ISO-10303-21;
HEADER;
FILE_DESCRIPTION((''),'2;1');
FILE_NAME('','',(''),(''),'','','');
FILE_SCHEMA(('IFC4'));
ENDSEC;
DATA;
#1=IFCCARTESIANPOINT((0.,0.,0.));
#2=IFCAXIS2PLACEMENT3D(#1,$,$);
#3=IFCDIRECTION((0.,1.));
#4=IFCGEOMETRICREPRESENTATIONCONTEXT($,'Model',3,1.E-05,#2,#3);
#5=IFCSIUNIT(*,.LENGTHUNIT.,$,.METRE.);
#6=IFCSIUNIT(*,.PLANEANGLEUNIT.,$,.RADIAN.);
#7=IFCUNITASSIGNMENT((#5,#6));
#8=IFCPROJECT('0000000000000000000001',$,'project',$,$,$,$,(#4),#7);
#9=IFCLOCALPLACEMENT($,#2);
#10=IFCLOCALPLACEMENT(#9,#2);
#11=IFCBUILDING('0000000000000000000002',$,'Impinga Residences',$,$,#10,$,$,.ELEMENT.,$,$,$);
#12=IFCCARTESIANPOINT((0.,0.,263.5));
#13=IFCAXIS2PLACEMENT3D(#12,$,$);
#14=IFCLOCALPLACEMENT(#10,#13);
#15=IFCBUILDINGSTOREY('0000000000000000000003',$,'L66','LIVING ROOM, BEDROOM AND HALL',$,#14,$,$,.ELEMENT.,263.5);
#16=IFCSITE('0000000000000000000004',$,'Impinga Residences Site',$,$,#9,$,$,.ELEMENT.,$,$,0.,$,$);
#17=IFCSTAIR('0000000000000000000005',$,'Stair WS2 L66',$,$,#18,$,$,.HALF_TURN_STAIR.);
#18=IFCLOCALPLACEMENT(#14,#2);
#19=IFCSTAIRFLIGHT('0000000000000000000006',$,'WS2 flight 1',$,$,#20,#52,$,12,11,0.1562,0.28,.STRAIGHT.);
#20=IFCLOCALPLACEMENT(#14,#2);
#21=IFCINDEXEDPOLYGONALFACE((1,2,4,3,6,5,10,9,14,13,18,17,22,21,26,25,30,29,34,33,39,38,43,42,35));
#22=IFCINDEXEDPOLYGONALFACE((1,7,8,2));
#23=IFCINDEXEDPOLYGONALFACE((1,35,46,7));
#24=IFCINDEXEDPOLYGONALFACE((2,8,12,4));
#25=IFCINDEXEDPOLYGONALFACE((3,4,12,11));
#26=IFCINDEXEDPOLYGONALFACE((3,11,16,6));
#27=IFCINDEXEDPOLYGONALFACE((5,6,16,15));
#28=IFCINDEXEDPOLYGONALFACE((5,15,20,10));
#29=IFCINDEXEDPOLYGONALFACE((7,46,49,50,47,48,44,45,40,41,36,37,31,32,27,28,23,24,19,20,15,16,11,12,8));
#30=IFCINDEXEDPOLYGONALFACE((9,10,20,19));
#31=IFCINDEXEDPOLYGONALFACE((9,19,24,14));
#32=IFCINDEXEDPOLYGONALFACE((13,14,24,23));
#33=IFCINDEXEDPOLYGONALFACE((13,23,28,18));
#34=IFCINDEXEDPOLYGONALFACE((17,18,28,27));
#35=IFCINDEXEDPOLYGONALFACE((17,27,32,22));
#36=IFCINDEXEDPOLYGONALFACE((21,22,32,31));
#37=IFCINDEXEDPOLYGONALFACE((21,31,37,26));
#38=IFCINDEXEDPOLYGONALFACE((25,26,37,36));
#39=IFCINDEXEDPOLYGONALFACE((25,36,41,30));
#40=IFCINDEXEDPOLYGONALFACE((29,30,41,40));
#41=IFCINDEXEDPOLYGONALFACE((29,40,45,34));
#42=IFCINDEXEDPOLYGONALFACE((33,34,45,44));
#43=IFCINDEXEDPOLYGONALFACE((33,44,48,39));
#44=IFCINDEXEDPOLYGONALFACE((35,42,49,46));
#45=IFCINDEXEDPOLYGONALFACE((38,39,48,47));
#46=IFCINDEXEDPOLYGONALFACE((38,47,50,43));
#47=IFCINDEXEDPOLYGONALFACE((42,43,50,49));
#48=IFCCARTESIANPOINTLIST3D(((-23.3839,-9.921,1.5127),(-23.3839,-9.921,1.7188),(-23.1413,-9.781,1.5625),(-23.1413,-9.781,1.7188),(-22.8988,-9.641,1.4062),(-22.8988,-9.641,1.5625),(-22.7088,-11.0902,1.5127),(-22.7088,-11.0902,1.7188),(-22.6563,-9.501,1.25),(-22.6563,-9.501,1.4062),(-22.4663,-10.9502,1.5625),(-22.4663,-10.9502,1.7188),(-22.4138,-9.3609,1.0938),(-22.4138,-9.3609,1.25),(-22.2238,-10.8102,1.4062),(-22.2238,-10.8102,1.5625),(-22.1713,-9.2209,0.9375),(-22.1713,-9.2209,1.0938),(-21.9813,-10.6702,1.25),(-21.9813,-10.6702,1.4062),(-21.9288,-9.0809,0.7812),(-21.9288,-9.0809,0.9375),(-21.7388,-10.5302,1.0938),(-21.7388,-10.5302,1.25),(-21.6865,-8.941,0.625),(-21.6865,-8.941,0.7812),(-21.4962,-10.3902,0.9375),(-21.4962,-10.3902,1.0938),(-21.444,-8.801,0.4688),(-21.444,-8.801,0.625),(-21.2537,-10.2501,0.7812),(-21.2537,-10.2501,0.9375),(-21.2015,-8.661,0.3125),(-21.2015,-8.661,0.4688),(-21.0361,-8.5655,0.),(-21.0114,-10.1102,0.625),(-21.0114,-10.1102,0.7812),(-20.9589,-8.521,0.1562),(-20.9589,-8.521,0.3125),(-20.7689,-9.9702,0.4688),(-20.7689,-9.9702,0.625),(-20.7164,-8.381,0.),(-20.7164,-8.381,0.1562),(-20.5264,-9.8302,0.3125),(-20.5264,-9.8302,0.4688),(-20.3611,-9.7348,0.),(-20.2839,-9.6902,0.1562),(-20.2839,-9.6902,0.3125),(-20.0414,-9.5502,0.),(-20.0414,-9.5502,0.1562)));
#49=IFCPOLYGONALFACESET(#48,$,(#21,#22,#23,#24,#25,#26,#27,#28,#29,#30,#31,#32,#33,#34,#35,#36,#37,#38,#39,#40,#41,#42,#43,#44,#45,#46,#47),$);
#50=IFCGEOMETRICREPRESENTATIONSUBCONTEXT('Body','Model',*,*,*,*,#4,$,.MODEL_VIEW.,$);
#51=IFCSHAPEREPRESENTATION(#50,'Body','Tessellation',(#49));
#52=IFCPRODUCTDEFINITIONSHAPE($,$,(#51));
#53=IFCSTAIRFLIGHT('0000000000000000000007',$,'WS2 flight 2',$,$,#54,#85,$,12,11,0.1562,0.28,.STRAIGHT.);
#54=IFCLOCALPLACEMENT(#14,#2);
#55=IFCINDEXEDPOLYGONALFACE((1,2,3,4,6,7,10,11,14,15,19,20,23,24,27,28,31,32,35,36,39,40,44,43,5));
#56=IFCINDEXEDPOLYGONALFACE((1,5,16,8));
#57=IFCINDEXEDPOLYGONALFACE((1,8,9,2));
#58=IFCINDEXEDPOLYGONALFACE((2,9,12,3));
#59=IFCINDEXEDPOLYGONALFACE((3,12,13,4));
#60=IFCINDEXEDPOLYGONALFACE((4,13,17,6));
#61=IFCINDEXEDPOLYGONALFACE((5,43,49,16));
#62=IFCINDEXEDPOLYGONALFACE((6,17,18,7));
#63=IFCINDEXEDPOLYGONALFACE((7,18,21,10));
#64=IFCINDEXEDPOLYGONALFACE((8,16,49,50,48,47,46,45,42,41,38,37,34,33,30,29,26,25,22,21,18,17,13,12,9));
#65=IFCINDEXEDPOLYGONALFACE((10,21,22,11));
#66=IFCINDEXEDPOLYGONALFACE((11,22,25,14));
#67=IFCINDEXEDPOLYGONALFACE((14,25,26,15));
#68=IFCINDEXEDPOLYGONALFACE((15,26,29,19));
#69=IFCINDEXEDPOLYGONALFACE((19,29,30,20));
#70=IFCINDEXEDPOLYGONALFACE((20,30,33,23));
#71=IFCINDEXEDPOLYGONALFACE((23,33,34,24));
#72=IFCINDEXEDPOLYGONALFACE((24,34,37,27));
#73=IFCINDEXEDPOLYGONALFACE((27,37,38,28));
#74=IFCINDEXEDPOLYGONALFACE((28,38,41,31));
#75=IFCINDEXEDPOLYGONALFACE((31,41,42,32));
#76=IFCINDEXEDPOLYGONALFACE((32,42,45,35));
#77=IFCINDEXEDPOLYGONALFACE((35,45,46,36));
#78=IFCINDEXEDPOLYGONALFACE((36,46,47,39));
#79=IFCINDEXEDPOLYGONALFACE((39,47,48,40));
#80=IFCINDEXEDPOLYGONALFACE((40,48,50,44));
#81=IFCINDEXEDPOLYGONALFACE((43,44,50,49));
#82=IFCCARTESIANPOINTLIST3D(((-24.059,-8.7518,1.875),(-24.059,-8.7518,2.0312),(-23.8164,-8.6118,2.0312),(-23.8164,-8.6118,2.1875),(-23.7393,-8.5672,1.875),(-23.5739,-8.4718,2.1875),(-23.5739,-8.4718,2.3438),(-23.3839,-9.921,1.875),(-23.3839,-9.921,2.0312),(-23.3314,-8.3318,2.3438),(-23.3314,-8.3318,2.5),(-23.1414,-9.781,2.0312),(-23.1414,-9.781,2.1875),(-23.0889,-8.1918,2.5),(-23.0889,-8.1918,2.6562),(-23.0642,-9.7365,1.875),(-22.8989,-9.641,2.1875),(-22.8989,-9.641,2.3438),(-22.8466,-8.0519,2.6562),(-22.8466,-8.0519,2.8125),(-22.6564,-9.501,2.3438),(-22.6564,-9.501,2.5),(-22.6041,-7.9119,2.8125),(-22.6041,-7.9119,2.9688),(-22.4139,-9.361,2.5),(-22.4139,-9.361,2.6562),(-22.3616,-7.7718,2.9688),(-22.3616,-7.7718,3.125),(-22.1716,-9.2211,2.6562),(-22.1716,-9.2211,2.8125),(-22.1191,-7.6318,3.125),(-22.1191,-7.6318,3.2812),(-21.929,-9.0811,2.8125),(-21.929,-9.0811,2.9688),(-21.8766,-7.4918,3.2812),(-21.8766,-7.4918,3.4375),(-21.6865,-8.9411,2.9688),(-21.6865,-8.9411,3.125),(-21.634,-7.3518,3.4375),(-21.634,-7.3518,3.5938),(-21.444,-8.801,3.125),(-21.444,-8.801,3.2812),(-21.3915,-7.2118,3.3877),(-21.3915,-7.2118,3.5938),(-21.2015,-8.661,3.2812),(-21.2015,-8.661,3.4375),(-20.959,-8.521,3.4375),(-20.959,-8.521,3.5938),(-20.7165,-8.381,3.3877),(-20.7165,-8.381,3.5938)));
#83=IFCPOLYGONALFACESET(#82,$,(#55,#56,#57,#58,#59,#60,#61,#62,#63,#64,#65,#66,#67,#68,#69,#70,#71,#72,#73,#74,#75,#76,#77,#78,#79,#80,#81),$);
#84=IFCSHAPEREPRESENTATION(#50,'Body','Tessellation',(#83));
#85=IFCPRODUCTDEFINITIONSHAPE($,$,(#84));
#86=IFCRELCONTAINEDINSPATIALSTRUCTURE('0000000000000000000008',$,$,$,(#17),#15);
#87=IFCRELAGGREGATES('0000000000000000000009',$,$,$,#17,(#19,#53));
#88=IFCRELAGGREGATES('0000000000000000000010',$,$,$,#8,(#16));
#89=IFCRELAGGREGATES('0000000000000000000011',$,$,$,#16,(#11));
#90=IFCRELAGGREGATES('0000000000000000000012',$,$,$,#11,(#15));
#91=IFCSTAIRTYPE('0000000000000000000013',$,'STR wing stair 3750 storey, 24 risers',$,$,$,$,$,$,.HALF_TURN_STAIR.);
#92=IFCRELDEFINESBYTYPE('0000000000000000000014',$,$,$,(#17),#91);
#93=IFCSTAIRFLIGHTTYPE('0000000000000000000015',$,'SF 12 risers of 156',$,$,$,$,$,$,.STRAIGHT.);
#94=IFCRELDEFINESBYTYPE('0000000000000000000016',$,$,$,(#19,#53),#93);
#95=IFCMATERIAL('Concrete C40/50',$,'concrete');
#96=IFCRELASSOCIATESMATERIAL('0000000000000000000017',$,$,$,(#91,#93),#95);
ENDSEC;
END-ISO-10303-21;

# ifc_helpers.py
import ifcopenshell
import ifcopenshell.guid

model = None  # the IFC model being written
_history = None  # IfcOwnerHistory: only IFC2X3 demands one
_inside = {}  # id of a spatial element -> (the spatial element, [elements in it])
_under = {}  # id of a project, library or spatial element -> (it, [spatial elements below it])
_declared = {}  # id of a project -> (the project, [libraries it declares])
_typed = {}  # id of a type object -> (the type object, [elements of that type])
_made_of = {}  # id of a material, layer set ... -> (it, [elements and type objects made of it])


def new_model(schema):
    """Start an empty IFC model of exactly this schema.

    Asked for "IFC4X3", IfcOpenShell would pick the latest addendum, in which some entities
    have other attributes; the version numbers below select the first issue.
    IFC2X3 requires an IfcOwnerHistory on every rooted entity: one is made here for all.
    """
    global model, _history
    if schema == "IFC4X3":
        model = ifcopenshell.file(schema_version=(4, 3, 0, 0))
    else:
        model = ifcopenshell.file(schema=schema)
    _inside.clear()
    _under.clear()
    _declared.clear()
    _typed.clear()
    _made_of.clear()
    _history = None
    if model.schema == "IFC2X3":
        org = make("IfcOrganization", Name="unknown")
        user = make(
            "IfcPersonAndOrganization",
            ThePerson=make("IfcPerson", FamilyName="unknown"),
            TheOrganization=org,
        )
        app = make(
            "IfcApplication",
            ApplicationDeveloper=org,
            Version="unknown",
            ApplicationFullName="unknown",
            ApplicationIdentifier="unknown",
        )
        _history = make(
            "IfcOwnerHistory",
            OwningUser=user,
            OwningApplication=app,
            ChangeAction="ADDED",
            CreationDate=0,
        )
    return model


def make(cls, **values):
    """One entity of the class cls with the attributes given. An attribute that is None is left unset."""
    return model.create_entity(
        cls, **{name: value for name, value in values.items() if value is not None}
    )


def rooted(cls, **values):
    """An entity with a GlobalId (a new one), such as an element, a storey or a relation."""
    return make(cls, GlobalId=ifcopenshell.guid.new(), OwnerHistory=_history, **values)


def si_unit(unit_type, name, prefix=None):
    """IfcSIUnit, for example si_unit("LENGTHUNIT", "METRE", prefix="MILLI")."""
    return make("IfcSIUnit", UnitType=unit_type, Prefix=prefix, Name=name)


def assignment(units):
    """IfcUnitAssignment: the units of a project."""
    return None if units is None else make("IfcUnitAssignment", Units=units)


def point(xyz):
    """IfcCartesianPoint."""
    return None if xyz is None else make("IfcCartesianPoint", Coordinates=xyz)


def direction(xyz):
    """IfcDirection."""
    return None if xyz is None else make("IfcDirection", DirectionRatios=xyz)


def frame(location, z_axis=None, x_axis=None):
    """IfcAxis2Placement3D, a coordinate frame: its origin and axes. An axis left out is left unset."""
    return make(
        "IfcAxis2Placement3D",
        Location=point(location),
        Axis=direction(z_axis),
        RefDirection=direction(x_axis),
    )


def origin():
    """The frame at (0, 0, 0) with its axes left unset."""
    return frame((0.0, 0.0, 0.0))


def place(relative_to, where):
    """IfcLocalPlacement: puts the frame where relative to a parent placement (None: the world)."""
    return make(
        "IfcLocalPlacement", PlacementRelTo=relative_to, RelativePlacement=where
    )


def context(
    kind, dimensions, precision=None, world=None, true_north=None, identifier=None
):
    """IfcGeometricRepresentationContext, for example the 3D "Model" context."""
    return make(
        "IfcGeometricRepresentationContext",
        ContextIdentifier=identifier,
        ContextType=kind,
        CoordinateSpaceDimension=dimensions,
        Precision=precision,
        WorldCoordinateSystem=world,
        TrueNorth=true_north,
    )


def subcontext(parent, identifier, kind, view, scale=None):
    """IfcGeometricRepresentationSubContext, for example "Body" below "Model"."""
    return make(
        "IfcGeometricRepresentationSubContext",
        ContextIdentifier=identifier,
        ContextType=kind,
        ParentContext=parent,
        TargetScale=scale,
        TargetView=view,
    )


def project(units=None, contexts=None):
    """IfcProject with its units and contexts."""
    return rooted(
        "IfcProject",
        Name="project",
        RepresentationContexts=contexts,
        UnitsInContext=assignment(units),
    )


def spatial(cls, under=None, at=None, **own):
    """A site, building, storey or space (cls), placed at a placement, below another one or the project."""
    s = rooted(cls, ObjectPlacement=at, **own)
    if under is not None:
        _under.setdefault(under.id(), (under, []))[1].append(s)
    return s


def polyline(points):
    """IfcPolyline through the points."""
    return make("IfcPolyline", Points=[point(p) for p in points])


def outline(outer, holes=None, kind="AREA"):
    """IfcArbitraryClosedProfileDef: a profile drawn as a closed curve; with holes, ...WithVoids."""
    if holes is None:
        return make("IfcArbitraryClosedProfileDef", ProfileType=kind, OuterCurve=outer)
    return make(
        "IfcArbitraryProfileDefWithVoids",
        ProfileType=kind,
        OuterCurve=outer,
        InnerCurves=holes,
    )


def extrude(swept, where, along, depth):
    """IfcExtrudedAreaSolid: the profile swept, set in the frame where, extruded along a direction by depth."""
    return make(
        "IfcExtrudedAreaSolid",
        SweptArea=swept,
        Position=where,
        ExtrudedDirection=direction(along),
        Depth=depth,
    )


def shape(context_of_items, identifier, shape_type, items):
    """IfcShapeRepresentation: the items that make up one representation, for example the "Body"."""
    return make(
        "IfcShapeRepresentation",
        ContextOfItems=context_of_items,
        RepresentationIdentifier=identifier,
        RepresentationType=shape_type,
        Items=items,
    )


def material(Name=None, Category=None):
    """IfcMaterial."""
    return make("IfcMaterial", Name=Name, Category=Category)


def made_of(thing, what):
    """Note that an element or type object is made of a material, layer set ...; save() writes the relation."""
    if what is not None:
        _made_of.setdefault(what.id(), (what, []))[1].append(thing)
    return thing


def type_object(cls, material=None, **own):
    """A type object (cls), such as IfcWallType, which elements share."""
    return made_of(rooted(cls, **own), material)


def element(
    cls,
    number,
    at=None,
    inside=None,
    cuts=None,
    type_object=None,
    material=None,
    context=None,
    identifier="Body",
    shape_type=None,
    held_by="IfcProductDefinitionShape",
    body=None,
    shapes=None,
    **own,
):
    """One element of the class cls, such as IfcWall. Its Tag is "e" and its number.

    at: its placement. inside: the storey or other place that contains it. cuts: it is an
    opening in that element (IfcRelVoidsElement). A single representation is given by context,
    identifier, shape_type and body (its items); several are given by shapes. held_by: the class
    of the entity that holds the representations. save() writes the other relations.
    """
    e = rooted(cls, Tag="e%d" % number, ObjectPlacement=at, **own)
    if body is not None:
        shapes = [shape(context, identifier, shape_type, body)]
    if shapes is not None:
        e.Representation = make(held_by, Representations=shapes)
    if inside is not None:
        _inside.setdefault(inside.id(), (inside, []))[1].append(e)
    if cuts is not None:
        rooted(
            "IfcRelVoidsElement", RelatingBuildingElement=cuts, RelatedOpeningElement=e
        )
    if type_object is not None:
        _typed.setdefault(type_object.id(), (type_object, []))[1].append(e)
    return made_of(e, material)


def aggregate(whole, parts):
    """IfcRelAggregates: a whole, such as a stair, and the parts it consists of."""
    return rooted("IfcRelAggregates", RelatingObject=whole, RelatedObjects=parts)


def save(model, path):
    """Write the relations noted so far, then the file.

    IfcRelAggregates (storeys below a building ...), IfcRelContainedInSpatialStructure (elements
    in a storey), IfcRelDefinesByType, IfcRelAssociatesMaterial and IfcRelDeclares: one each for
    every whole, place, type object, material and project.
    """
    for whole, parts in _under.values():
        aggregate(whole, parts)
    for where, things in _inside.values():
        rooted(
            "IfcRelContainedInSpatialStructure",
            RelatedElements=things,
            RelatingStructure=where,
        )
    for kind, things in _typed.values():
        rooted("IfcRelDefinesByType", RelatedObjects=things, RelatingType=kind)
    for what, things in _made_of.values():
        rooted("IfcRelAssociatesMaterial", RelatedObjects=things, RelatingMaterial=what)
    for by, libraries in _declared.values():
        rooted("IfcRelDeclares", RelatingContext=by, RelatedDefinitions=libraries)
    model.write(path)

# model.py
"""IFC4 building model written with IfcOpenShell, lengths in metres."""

from ifc_helpers import new_model, si_unit, direction, frame, origin, place, context, subcontext, project, spatial, polyline, outline, extrude, material, type_object, element, aggregate, save


model = new_model("IFC4")

# Units and contexts
model_context = context("Model", 3, precision=1e-05, world=origin(), true_north=direction((0.0, 1.0)))
body_context = subcontext(model_context, "Body", "Model", "MODEL_VIEW")
ifc_project = project(units=[si_unit("LENGTHUNIT", "METRE"), si_unit("PLANEANGLEUNIT", "RADIAN")], contexts=[model_context])

# Site, building, storey
site_placement = place(None, origin())
site = spatial("IfcSite", under=ifc_project, at=site_placement, Name="Impinga Residences Site", CompositionType="ELEMENT", RefElevation=0.0)
building_placement = place(site_placement, origin())
building = spatial("IfcBuilding", under=site, at=building_placement, Name="Impinga Residences", CompositionType="ELEMENT")
storey_placement = place(building_placement, frame((0.0, 0.0, 263.5)))
storey = spatial("IfcBuildingStorey", under=building, at=storey_placement, Name="L66", Description="LIVING ROOM, BEDROOM AND HALL", CompositionType="ELEMENT", Elevation=263.5)

# Stair, stair flights
ifc_material_1 = material(Name="Concrete C40/50", Category="concrete")
stair_type = type_object("IfcStairType", Name="STR wing stair 3750 storey, 24 risers", PredefinedType="HALF_TURN_STAIR", material=ifc_material_1)
stair_placement = place(storey_placement, origin())
stair = element("IfcStair", 1, at=stair_placement, inside=storey, type_object=stair_type, Name="Stair WS2 L66", PredefinedType="HALF_TURN_STAIR")
stair_flight_type = type_object("IfcStairFlightType", Name="SF 12 risers of 156", PredefinedType="STRAIGHT", material=ifc_material_1)
stair_flight_1_placement = place(storey_placement, frame((-20.3789, -8.9656, 0.0), z_axis=(0.0, 0.0, 1.0), x_axis=(-0.866025, -0.5, 0.0)))
stair_flight_1 = element("IfcStairFlight", 2, at=stair_flight_1_placement, type_object=stair_flight_type, Name="WS2 flight 1", NumberOfRisers=12, NumberOfTreads=11, PredefinedType="STRAIGHT", RiserHeight=0.1562, TreadLength=0.28, context=body_context, shape_type="SweptSolid", body=[
    extrude(outline(polyline([(0.0, 0.0), (0.0, 0.1562), (0.28, 0.1562), (0.28, 0.3125), (0.5601, 0.3125), (0.5601, 0.4688), (0.8401, 0.4688), (0.8401, 0.625), (1.1201, 0.625), (1.1201, 0.7812), (1.3999, 0.7812), (1.3999, 0.9375), (1.6799, 0.9375), (1.6799, 1.0938), (1.96, 1.0938), (1.96, 1.25), (2.24, 1.25), (2.24, 1.4062), (2.52, 1.4062), (2.52, 1.5625), (2.8, 1.5625), (2.8, 1.7188), (3.0801, 1.7188), (3.0801, 1.875), (3.0801, 1.5127), (0.3691, 0.0), (0.0, 0.0)])), frame((0.0, 0.675, 0.0), z_axis=(0.0, -1.0, 0.0), x_axis=(1.0, 0.0, 0.0)), (0.0, 0.0, 1.0), 1.3501),
])
stair_flight_2_placement = place(storey_placement, frame((-23.7214, -9.3364, 1.875), z_axis=(0.0, 0.0, 1.0), x_axis=(0.866025, 0.5, 0.0)))
stair_flight_2 = element("IfcStairFlight", 3, at=stair_flight_2_placement, type_object=stair_flight_type, Name="WS2 flight 2", NumberOfRisers=12, NumberOfTreads=11, PredefinedType="STRAIGHT", RiserHeight=0.1562, TreadLength=0.28, context=body_context, shape_type="SweptSolid", body=[
    extrude(outline(polyline([(0.0, 0.0), (0.0, 0.1562), (0.28, 0.1562), (0.28, 0.3125), (0.5601, 0.3125), (0.5601, 0.4688), (0.8401, 0.4688), (0.8401, 0.625), (1.1201, 0.625), (1.1201, 0.7812), (1.3999, 0.7812), (1.3999, 0.9375), (1.6799, 0.9375), (1.6799, 1.0938), (1.96, 1.0938), (1.96, 1.25), (2.24, 1.25), (2.24, 1.4062), (2.52, 1.4062), (2.52, 1.5625), (2.8, 1.5625), (2.8, 1.7188), (3.0801, 1.7188), (3.0801, 1.875), (3.0801, 1.5127), (0.3691, 0.0), (0.0, 0.0)])), frame((0.0, 0.675, 0.0), z_axis=(0.0, -1.0, 0.0), x_axis=(1.0, 0.0, 0.0)), (0.0, 0.0, 1.0), 1.3501),
])
aggregate(stair, [stair_flight_1, stair_flight_2])

save(model, "model.ifc")
